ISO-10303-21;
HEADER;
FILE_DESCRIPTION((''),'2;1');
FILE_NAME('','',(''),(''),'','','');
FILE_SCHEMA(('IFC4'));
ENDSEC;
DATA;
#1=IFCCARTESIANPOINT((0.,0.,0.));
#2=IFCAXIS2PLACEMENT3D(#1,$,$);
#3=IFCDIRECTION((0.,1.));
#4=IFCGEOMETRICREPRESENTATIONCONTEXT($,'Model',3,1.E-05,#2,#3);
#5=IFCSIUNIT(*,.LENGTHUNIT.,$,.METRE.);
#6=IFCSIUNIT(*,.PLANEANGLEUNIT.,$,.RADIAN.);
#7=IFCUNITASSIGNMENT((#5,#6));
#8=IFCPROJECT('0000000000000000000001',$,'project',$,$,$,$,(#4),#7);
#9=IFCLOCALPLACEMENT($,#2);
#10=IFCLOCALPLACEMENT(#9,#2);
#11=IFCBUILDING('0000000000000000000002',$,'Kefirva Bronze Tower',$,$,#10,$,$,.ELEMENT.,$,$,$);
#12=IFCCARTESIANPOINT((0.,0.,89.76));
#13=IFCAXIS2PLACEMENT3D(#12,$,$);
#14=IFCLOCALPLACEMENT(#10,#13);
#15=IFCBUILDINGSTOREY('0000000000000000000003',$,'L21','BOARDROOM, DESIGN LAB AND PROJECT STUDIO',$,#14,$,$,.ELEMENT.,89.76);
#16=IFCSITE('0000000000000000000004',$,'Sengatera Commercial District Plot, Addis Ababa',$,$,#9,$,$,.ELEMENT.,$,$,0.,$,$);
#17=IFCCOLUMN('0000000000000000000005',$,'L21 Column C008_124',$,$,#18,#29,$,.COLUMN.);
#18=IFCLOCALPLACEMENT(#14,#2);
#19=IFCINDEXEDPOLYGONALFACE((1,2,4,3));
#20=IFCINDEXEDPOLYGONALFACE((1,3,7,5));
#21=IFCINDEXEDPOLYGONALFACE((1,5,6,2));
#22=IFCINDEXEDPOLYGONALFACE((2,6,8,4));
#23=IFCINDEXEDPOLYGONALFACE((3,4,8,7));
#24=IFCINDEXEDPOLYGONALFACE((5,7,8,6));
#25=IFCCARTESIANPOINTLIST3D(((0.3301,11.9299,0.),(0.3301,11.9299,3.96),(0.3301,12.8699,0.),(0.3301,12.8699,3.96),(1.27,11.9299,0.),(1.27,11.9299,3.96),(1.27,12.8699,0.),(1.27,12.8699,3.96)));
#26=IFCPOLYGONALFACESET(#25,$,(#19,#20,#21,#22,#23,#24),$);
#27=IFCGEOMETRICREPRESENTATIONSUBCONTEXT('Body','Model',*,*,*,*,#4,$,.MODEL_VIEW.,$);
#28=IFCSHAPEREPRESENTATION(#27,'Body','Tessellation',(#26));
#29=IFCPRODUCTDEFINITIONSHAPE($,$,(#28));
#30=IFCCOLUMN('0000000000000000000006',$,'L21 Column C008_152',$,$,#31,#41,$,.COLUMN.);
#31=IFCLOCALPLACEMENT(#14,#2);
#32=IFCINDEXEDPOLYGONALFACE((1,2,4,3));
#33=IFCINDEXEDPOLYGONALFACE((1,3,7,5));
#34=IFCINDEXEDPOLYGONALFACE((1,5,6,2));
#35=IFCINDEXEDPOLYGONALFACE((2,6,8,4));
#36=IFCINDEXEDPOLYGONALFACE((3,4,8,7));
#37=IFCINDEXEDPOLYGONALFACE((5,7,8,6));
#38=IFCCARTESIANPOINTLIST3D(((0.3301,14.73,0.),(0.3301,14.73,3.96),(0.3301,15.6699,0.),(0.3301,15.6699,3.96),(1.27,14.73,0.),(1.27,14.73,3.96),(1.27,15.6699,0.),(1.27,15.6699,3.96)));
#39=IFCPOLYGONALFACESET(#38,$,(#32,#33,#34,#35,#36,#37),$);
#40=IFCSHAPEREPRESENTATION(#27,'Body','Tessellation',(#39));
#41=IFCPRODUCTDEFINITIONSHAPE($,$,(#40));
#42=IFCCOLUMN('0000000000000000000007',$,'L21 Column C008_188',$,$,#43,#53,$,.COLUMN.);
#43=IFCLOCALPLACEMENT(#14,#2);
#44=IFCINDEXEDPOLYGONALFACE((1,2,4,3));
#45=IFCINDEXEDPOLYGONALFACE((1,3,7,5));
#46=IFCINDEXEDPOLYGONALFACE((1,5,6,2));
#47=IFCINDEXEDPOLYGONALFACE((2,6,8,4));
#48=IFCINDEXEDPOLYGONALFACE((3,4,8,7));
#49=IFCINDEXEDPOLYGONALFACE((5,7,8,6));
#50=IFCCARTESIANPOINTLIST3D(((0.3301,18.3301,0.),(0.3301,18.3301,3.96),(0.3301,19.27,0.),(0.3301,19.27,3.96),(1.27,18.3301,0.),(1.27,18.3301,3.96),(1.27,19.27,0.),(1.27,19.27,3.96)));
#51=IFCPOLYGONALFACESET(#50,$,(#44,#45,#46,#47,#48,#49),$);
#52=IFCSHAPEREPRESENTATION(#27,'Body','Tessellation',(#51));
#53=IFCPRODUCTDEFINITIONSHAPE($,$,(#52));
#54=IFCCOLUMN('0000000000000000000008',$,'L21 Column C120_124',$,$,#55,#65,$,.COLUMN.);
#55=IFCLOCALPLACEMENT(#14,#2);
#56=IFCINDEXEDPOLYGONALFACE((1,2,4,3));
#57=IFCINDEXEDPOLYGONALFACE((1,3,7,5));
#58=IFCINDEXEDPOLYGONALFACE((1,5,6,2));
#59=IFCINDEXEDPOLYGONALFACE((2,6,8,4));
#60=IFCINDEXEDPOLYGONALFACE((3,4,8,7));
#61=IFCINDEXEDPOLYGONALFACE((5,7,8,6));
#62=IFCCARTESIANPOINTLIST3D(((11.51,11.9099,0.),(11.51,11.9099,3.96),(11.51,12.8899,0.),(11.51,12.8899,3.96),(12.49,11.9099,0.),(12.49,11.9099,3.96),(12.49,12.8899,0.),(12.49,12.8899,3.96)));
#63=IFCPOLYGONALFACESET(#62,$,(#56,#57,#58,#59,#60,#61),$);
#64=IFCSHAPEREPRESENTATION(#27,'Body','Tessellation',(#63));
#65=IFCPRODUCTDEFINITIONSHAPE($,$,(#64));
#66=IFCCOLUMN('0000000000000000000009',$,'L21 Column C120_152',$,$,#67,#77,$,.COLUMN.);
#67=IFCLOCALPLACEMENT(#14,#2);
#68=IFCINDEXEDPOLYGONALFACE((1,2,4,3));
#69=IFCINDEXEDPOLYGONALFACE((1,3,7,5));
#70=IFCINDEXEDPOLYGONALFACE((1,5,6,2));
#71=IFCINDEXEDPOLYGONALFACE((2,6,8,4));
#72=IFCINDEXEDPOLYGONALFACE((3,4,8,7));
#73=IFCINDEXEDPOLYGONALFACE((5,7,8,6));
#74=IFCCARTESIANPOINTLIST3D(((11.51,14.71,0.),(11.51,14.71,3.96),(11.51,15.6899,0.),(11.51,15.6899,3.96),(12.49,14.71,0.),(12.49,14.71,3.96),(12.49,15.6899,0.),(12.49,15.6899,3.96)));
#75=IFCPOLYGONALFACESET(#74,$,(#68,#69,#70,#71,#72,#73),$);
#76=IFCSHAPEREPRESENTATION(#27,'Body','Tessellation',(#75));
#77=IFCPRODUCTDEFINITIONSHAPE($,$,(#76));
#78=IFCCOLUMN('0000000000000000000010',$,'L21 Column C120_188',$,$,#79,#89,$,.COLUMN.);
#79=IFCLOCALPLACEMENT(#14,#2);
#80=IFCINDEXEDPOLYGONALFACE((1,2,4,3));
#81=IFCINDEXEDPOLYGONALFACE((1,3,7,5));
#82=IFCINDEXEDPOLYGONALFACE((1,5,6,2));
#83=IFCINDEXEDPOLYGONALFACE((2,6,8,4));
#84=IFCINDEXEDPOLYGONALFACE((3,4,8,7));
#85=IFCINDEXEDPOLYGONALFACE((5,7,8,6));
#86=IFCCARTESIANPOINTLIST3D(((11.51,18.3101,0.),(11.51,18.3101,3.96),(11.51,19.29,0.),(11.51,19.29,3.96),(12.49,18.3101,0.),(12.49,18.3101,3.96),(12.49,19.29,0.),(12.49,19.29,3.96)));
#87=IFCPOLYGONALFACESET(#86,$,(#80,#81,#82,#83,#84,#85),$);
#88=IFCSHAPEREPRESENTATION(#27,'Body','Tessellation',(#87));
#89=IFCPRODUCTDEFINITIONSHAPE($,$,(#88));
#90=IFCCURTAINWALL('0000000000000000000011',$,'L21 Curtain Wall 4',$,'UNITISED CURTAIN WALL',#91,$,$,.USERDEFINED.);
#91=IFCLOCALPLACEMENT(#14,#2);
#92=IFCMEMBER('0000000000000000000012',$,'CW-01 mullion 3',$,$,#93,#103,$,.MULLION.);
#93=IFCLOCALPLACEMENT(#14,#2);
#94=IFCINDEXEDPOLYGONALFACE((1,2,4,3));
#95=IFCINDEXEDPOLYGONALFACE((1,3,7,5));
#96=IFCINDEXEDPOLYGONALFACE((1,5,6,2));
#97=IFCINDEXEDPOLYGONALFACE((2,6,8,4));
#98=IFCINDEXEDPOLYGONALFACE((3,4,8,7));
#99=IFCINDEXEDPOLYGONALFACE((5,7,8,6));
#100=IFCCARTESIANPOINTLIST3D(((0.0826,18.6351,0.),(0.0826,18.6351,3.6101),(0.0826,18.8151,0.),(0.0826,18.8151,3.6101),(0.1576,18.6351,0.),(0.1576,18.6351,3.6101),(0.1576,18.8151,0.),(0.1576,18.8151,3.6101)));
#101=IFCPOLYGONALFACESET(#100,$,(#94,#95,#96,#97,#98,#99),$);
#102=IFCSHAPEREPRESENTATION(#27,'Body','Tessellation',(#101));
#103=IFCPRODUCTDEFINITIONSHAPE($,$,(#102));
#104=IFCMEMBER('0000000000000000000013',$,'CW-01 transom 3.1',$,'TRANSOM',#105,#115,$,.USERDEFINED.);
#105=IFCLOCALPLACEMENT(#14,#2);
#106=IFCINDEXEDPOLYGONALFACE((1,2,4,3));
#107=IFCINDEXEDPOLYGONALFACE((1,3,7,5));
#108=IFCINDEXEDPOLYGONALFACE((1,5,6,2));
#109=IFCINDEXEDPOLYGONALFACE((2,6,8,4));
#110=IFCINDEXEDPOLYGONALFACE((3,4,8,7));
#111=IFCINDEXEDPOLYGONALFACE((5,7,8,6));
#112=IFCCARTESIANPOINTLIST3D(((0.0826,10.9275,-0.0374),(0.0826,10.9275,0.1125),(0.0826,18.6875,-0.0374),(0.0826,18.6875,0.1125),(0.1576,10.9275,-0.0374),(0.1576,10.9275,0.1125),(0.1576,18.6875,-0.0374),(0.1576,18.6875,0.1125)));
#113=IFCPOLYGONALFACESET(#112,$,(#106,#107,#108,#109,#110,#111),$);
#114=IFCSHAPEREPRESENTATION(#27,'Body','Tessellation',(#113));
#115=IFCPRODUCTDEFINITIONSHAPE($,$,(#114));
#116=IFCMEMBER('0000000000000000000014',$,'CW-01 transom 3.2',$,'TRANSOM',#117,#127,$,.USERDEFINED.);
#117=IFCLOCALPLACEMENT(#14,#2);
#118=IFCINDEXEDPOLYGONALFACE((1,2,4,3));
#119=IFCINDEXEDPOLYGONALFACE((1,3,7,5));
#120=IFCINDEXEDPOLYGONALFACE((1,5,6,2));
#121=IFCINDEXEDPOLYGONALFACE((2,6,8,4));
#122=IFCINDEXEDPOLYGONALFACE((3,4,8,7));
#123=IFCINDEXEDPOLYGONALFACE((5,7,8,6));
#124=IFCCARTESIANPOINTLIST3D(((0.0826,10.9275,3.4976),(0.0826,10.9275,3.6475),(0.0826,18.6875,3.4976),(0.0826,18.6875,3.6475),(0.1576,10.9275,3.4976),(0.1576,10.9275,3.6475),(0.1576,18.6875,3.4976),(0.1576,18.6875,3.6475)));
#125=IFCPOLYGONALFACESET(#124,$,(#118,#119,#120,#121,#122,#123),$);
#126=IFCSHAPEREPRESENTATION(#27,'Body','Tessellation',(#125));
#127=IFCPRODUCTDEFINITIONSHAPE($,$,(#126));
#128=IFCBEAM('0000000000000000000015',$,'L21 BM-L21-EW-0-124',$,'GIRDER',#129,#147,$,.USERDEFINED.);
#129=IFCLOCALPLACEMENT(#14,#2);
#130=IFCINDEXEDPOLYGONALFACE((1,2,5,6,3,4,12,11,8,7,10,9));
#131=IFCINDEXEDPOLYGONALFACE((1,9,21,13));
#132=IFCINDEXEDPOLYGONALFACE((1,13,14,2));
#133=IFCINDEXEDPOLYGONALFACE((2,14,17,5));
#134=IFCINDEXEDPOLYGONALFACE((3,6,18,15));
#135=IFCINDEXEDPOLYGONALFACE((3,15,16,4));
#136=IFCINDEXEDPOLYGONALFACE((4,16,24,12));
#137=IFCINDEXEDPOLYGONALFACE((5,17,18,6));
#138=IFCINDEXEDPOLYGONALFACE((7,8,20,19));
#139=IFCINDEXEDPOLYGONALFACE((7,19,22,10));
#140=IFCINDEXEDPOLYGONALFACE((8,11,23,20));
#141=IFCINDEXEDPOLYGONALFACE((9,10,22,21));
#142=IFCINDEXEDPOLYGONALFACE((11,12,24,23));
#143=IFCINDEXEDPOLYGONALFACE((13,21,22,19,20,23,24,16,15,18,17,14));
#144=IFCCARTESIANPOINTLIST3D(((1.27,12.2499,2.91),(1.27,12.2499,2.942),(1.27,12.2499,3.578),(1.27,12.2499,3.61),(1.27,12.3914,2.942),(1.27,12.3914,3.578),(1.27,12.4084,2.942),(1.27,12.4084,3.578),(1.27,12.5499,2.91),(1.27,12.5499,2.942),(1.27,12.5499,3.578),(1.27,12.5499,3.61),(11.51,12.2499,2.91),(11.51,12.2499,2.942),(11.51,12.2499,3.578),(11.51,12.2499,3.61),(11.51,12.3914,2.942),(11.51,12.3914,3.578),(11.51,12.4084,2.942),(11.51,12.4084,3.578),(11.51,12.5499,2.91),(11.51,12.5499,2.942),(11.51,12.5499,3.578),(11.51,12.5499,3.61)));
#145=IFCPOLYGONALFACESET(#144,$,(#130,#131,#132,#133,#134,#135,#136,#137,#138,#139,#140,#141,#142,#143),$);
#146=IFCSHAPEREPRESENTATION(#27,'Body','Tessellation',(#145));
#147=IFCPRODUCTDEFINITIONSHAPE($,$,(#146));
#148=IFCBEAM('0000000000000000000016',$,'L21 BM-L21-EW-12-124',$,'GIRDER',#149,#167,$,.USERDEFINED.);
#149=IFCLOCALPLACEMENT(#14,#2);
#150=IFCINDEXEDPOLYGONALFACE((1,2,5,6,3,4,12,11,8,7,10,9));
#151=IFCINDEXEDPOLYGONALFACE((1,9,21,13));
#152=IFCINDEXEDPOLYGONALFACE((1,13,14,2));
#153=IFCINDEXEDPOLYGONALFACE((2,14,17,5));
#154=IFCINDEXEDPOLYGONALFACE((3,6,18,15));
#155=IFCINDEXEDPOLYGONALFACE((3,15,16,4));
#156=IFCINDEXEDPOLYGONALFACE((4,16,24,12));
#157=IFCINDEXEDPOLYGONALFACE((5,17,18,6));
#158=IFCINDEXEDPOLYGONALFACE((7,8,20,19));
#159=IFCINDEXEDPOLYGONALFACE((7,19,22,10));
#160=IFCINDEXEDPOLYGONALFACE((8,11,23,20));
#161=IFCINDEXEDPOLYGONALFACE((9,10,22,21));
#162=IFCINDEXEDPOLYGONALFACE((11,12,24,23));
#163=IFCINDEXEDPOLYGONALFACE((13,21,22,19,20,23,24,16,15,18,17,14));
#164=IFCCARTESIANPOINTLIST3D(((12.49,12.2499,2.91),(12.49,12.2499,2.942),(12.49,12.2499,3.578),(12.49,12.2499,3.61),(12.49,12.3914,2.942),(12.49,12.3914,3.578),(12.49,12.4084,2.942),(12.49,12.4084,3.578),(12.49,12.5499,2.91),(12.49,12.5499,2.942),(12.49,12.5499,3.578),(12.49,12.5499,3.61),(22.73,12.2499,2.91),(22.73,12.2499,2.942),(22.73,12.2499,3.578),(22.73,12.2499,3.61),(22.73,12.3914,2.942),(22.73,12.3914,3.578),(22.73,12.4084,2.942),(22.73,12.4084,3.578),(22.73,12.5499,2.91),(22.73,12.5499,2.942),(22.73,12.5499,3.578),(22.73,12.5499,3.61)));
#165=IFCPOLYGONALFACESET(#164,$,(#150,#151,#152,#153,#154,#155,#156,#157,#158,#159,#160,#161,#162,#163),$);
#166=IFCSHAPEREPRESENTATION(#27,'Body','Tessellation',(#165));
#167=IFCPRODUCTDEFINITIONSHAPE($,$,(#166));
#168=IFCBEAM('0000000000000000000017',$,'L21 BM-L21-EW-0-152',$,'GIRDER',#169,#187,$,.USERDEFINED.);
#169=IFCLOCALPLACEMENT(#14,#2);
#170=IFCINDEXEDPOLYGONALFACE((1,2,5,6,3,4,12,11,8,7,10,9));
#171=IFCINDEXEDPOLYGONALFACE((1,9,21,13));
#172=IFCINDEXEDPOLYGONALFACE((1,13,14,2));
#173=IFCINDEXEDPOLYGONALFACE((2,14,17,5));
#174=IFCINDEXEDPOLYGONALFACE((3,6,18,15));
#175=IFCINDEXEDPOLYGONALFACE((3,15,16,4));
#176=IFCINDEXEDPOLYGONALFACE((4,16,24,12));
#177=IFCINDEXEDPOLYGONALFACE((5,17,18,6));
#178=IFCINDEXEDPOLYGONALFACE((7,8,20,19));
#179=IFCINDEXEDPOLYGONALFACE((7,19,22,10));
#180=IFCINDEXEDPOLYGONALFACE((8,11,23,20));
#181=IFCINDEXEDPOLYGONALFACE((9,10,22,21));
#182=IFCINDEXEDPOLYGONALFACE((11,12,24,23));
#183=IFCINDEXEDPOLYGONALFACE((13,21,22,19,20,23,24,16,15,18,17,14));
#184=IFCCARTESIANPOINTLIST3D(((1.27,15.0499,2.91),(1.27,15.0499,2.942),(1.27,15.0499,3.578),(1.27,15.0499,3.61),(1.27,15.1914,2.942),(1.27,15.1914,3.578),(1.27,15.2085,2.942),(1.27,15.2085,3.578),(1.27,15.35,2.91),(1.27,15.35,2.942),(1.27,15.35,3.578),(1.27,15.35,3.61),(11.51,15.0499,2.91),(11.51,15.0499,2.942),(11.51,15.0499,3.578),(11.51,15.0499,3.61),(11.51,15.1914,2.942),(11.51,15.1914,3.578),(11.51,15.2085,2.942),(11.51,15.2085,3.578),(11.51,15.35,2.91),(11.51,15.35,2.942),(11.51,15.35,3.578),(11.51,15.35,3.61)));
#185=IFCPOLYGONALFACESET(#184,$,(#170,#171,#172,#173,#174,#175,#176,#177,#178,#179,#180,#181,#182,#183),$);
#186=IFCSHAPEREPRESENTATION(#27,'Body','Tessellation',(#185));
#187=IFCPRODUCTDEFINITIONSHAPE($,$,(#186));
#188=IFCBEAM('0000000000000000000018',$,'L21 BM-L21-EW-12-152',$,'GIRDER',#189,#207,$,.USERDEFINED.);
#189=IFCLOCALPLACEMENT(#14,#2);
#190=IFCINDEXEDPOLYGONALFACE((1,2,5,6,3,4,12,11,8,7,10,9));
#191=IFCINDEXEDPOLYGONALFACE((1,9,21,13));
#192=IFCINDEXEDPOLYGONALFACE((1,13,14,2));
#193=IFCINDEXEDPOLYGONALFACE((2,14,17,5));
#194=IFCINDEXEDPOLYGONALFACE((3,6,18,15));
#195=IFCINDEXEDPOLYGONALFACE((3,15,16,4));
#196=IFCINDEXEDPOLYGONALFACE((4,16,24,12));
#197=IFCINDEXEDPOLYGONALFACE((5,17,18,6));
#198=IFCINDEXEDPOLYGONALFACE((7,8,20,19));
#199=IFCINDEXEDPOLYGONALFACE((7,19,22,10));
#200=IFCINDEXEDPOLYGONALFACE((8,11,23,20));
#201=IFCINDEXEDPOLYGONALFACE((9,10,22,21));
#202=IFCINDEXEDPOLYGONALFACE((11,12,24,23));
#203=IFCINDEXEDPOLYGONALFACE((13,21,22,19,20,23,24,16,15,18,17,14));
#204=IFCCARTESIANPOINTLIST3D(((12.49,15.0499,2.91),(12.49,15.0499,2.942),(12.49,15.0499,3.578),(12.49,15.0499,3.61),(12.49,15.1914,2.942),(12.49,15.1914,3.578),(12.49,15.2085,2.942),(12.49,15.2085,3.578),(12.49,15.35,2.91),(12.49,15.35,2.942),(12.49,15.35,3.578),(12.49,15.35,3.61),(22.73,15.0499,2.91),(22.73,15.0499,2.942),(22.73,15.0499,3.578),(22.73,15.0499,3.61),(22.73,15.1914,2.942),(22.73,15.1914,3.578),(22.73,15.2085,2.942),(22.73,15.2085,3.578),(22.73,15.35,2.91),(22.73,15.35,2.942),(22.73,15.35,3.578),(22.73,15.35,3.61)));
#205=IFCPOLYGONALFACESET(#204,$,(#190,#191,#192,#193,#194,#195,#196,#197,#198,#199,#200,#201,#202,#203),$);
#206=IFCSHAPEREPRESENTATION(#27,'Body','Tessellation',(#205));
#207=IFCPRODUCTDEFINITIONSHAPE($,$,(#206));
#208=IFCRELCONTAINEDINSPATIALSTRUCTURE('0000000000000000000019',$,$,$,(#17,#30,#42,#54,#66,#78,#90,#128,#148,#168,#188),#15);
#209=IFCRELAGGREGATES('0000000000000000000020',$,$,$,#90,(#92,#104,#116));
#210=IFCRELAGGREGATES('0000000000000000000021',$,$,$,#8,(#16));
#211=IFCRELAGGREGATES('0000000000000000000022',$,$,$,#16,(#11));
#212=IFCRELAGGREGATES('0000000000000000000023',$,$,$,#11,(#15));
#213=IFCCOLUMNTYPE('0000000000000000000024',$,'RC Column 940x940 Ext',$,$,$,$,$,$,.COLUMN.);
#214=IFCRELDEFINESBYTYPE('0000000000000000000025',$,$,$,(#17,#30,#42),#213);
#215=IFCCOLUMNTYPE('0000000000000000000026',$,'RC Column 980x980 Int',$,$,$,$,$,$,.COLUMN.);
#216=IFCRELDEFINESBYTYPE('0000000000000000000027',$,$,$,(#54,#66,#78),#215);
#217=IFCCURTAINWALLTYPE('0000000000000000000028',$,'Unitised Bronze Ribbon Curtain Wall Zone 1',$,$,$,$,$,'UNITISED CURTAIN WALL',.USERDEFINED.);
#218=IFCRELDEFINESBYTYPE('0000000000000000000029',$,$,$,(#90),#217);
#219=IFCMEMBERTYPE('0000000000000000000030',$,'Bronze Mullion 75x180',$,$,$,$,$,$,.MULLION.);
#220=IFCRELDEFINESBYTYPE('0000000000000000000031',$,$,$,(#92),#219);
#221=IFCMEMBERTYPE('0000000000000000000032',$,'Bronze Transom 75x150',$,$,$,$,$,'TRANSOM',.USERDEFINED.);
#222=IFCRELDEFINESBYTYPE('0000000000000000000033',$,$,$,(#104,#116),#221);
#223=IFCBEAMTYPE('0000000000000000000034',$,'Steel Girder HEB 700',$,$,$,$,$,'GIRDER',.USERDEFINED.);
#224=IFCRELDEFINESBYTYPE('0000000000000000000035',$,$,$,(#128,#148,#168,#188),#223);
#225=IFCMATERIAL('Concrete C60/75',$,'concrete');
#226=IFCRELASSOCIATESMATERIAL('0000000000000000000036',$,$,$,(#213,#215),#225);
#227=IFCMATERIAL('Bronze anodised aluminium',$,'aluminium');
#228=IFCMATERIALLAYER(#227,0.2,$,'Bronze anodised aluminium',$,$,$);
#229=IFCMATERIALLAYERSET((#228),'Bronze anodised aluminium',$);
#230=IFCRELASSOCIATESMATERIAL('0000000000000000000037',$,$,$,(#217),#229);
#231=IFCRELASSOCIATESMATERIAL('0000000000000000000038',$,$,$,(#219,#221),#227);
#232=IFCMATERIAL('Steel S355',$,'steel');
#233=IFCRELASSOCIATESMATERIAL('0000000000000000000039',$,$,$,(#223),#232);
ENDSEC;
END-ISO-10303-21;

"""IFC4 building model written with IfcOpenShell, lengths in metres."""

from ifc_helpers import new_model, si_unit, direction, frame, origin, origin_2d, place, context, subcontext, project, spatial, rectangle, i_section, extrude, material, layer, layer_set, material_profile, profile_set, type_object, element, aggregate, save


model = new_model("IFC4")

# Units and contexts
model_context = context("Model", 3, precision=1e-05, world=origin(), true_north=direction((0.0, 1.0)))
body_context = subcontext(model_context, "Body", "Model", "MODEL_VIEW")
ifc_project = project(units=[si_unit("LENGTHUNIT", "METRE"), si_unit("PLANEANGLEUNIT", "RADIAN")], contexts=[model_context])

# Site, building, storey
site_placement = place(None, origin())
site = spatial("IfcSite", under=ifc_project, at=site_placement, Name="Sengatera Commercial District Plot, Addis Ababa", CompositionType="ELEMENT", RefElevation=0.0)
building_placement = place(site_placement, origin())
building = spatial("IfcBuilding", under=site, at=building_placement, Name="Kefirva Bronze Tower", CompositionType="ELEMENT")
storey_placement = place(building_placement, frame((0.0, 0.0, 89.76)))
storey = spatial("IfcBuildingStorey", under=building, at=storey_placement, Name="L21", Description="BOARDROOM, DESIGN LAB AND PROJECT STUDIO", CompositionType="ELEMENT", Elevation=89.76)

# Columns
ifc_material_1 = material(Name="Concrete C60/75", Category="concrete")
ifc_material_profile_1 = material_profile(ifc_material_1, rectangle(XDim=0.9399, YDim=0.9399, at=origin_2d()), Name="RC 940x940")
ifc_profile_set_1 = profile_set([ifc_material_profile_1], Name="Concrete C60/75")
column_type_1 = type_object("IfcColumnType", Name="RC Column 940x940 Ext", PredefinedType="COLUMN", material=ifc_profile_set_1)
for number, where, z_axis, x_axis, name in (
    (1, (0.8, 12.3999, 0.0), (0.0, 0.0, 1.0), (1.0, 0.0, 0.0), "L21 Column C008_124"),
    (2, (0.8, 15.2, 0.0), (0.0, 0.0, 1.0), (1.0, 0.0, 0.0), "L21 Column C008_152"),
    (3, (0.8, 18.8, 0.0), (0.0, 0.0, 1.0), (1.0, 0.0, 0.0), "L21 Column C008_188"),
):
    element("IfcColumn", number, at=place(storey_placement, frame(where, z_axis=z_axis, x_axis=x_axis)), inside=storey, type_object=column_type_1, Name=name, PredefinedType="COLUMN", context=body_context, shape_type="SweptSolid", body=[
        extrude(rectangle(XDim=0.9399, YDim=0.9399, at=origin_2d()), origin(), (0.0, 0.0, 1.0), 3.96),
    ])
ifc_material_profile_2 = material_profile(ifc_material_1, rectangle(XDim=0.98, YDim=0.98, at=origin_2d()), Name="RC 980x980")
ifc_profile_set_2 = profile_set([ifc_material_profile_2], Name="Concrete C60/75")
column_type_2 = type_object("IfcColumnType", Name="RC Column 980x980 Int", PredefinedType="COLUMN", material=ifc_profile_set_2)
for number, where, z_axis, x_axis, name in (
    (4, (12.0, 12.3999, 0.0), (0.0, 0.0, 1.0), (1.0, 0.0, 0.0), "L21 Column C120_124"),
    (5, (12.0, 15.2, 0.0), (0.0, 0.0, 1.0), (1.0, 0.0, 0.0), "L21 Column C120_152"),
    (6, (12.0, 18.8, 0.0), (0.0, 0.0, 1.0), (1.0, 0.0, 0.0), "L21 Column C120_188"),
):
    element("IfcColumn", number, at=place(storey_placement, frame(where, z_axis=z_axis, x_axis=x_axis)), inside=storey, type_object=column_type_2, Name=name, PredefinedType="COLUMN", context=body_context, shape_type="SweptSolid", body=[
        extrude(rectangle(XDim=0.98, YDim=0.98, at=origin_2d()), origin(), (0.0, 0.0, 1.0), 3.96),
    ])

# Curtain wall, members
ifc_material_2 = material(Name="Bronze anodised aluminium", Category="aluminium")
ifc_layer_1 = layer(ifc_material_2, 0.2, Name="Bronze anodised aluminium")
ifc_layer_set_1 = layer_set([ifc_layer_1], Name="Bronze anodised aluminium")
curtain_wall_type = type_object("IfcCurtainWallType", Name="Unitised Bronze Ribbon Curtain Wall Zone 1", ElementType="UNITISED CURTAIN WALL", PredefinedType="USERDEFINED", material=ifc_layer_set_1)
curtain_wall_placement = place(storey_placement, origin())
curtain_wall = element("IfcCurtainWall", 7, at=curtain_wall_placement, inside=storey, type_object=curtain_wall_type, Name="L21 Curtain Wall 4", ObjectType="UNITISED CURTAIN WALL", PredefinedType="USERDEFINED")
ifc_material_profile_3 = material_profile(ifc_material_2, rectangle(XDim=0.075, YDim=0.1799, at=origin_2d()), Name="ALU 75x180")
ifc_profile_set_3 = profile_set([ifc_material_profile_3], Name="Bronze anodised aluminium")
member_type_1 = type_object("IfcMemberType", Name="Bronze Mullion 75x180", PredefinedType="MULLION", material=ifc_profile_set_3)
member_1_placement = place(storey_placement, frame((0.1201, 18.7251, 0.0), z_axis=(0.0, 0.0, 1.0), x_axis=(1.0, 0.0, 0.0)))
member_1 = element("IfcMember", 8, at=member_1_placement, type_object=member_type_1, Name="CW-01 mullion 3", PredefinedType="MULLION", context=body_context, shape_type="SweptSolid", body=[
    extrude(rectangle(XDim=0.075, YDim=0.1799, at=origin_2d()), origin(), (0.0, 0.0, 1.0), 3.6101),
])
ifc_material_profile_4 = material_profile(ifc_material_2, rectangle(XDim=0.075, YDim=0.1499, at=origin_2d()), Name="ALU 75x150")
ifc_profile_set_4 = profile_set([ifc_material_profile_4], Name="Bronze anodised aluminium")
member_type_2 = type_object("IfcMemberType", Name="Bronze Transom 75x150", ElementType="TRANSOM", PredefinedType="USERDEFINED", material=ifc_profile_set_4)
member_2_placement = place(storey_placement, frame((0.1201, 18.6875, 0.0376), z_axis=(0.0, -1.0, 0.0), x_axis=(1.0, 0.0, 0.0)))
member_2 = element("IfcMember", 9, at=member_2_placement, type_object=member_type_2, Name="CW-01 transom 3.1", ObjectType="TRANSOM", PredefinedType="USERDEFINED", context=body_context, shape_type="SweptSolid", body=[
    extrude(rectangle(XDim=0.075, YDim=0.1499, at=origin_2d()), origin(), (0.0, 0.0, 1.0), 7.76),
])
member_3_placement = place(storey_placement, frame((0.1201, 18.6875, 3.5725), z_axis=(0.0, -1.0, 0.0), x_axis=(1.0, 0.0, 0.0)))
member_3 = element("IfcMember", 10, at=member_3_placement, type_object=member_type_2, Name="CW-01 transom 3.2", ObjectType="TRANSOM", PredefinedType="USERDEFINED", context=body_context, shape_type="SweptSolid", body=[
    extrude(rectangle(XDim=0.075, YDim=0.1499, at=origin_2d()), origin(), (0.0, 0.0, 1.0), 7.76),
])

# Beams
ifc_material_3 = material(Name="Steel S355", Category="steel")
ifc_material_profile_5 = material_profile(ifc_material_3, i_section(OverallWidth=0.3, OverallDepth=0.7, WebThickness=0.0171, FlangeThickness=0.032, at=origin_2d()), Name="HEB 700")
ifc_profile_set_5 = profile_set([ifc_material_profile_5], Name="Steel S355")
beam_type_1 = type_object("IfcBeamType", Name="Steel Girder HEB 700", ElementType="GIRDER", PredefinedType="USERDEFINED", material=ifc_profile_set_5)
for number, where, z_axis, x_axis, name in (
    (11, (1.27, 12.3999, 3.26), (1.0, 0.0, 0.0), (0.0, 1.0, 0.0), "L21 BM-L21-EW-0-124"),
    (12, (12.49, 12.3999, 3.26), (1.0, 0.0, 0.0), (0.0, 1.0, 0.0), "L21 BM-L21-EW-12-124"),
    (13, (1.27, 15.2, 3.26), (1.0, 0.0, 0.0), (0.0, 1.0, 0.0), "L21 BM-L21-EW-0-152"),
    (14, (12.49, 15.2, 3.26), (1.0, 0.0, 0.0), (0.0, 1.0, 0.0), "L21 BM-L21-EW-12-152"),
):
    element("IfcBeam", number, at=place(storey_placement, frame(where, z_axis=z_axis, x_axis=x_axis)), inside=storey, type_object=beam_type_1, Name=name, ObjectType="GIRDER", PredefinedType="USERDEFINED", context=body_context, shape_type="SweptSolid", body=[
        extrude(i_section(OverallWidth=0.3, OverallDepth=0.7, WebThickness=0.0171, FlangeThickness=0.032, at=origin_2d()), origin(), (0.0, 0.0, 1.0), 10.24),
    ])

aggregate(curtain_wall, [member_1, member_2, member_3])

save(model, "model.ifc")
